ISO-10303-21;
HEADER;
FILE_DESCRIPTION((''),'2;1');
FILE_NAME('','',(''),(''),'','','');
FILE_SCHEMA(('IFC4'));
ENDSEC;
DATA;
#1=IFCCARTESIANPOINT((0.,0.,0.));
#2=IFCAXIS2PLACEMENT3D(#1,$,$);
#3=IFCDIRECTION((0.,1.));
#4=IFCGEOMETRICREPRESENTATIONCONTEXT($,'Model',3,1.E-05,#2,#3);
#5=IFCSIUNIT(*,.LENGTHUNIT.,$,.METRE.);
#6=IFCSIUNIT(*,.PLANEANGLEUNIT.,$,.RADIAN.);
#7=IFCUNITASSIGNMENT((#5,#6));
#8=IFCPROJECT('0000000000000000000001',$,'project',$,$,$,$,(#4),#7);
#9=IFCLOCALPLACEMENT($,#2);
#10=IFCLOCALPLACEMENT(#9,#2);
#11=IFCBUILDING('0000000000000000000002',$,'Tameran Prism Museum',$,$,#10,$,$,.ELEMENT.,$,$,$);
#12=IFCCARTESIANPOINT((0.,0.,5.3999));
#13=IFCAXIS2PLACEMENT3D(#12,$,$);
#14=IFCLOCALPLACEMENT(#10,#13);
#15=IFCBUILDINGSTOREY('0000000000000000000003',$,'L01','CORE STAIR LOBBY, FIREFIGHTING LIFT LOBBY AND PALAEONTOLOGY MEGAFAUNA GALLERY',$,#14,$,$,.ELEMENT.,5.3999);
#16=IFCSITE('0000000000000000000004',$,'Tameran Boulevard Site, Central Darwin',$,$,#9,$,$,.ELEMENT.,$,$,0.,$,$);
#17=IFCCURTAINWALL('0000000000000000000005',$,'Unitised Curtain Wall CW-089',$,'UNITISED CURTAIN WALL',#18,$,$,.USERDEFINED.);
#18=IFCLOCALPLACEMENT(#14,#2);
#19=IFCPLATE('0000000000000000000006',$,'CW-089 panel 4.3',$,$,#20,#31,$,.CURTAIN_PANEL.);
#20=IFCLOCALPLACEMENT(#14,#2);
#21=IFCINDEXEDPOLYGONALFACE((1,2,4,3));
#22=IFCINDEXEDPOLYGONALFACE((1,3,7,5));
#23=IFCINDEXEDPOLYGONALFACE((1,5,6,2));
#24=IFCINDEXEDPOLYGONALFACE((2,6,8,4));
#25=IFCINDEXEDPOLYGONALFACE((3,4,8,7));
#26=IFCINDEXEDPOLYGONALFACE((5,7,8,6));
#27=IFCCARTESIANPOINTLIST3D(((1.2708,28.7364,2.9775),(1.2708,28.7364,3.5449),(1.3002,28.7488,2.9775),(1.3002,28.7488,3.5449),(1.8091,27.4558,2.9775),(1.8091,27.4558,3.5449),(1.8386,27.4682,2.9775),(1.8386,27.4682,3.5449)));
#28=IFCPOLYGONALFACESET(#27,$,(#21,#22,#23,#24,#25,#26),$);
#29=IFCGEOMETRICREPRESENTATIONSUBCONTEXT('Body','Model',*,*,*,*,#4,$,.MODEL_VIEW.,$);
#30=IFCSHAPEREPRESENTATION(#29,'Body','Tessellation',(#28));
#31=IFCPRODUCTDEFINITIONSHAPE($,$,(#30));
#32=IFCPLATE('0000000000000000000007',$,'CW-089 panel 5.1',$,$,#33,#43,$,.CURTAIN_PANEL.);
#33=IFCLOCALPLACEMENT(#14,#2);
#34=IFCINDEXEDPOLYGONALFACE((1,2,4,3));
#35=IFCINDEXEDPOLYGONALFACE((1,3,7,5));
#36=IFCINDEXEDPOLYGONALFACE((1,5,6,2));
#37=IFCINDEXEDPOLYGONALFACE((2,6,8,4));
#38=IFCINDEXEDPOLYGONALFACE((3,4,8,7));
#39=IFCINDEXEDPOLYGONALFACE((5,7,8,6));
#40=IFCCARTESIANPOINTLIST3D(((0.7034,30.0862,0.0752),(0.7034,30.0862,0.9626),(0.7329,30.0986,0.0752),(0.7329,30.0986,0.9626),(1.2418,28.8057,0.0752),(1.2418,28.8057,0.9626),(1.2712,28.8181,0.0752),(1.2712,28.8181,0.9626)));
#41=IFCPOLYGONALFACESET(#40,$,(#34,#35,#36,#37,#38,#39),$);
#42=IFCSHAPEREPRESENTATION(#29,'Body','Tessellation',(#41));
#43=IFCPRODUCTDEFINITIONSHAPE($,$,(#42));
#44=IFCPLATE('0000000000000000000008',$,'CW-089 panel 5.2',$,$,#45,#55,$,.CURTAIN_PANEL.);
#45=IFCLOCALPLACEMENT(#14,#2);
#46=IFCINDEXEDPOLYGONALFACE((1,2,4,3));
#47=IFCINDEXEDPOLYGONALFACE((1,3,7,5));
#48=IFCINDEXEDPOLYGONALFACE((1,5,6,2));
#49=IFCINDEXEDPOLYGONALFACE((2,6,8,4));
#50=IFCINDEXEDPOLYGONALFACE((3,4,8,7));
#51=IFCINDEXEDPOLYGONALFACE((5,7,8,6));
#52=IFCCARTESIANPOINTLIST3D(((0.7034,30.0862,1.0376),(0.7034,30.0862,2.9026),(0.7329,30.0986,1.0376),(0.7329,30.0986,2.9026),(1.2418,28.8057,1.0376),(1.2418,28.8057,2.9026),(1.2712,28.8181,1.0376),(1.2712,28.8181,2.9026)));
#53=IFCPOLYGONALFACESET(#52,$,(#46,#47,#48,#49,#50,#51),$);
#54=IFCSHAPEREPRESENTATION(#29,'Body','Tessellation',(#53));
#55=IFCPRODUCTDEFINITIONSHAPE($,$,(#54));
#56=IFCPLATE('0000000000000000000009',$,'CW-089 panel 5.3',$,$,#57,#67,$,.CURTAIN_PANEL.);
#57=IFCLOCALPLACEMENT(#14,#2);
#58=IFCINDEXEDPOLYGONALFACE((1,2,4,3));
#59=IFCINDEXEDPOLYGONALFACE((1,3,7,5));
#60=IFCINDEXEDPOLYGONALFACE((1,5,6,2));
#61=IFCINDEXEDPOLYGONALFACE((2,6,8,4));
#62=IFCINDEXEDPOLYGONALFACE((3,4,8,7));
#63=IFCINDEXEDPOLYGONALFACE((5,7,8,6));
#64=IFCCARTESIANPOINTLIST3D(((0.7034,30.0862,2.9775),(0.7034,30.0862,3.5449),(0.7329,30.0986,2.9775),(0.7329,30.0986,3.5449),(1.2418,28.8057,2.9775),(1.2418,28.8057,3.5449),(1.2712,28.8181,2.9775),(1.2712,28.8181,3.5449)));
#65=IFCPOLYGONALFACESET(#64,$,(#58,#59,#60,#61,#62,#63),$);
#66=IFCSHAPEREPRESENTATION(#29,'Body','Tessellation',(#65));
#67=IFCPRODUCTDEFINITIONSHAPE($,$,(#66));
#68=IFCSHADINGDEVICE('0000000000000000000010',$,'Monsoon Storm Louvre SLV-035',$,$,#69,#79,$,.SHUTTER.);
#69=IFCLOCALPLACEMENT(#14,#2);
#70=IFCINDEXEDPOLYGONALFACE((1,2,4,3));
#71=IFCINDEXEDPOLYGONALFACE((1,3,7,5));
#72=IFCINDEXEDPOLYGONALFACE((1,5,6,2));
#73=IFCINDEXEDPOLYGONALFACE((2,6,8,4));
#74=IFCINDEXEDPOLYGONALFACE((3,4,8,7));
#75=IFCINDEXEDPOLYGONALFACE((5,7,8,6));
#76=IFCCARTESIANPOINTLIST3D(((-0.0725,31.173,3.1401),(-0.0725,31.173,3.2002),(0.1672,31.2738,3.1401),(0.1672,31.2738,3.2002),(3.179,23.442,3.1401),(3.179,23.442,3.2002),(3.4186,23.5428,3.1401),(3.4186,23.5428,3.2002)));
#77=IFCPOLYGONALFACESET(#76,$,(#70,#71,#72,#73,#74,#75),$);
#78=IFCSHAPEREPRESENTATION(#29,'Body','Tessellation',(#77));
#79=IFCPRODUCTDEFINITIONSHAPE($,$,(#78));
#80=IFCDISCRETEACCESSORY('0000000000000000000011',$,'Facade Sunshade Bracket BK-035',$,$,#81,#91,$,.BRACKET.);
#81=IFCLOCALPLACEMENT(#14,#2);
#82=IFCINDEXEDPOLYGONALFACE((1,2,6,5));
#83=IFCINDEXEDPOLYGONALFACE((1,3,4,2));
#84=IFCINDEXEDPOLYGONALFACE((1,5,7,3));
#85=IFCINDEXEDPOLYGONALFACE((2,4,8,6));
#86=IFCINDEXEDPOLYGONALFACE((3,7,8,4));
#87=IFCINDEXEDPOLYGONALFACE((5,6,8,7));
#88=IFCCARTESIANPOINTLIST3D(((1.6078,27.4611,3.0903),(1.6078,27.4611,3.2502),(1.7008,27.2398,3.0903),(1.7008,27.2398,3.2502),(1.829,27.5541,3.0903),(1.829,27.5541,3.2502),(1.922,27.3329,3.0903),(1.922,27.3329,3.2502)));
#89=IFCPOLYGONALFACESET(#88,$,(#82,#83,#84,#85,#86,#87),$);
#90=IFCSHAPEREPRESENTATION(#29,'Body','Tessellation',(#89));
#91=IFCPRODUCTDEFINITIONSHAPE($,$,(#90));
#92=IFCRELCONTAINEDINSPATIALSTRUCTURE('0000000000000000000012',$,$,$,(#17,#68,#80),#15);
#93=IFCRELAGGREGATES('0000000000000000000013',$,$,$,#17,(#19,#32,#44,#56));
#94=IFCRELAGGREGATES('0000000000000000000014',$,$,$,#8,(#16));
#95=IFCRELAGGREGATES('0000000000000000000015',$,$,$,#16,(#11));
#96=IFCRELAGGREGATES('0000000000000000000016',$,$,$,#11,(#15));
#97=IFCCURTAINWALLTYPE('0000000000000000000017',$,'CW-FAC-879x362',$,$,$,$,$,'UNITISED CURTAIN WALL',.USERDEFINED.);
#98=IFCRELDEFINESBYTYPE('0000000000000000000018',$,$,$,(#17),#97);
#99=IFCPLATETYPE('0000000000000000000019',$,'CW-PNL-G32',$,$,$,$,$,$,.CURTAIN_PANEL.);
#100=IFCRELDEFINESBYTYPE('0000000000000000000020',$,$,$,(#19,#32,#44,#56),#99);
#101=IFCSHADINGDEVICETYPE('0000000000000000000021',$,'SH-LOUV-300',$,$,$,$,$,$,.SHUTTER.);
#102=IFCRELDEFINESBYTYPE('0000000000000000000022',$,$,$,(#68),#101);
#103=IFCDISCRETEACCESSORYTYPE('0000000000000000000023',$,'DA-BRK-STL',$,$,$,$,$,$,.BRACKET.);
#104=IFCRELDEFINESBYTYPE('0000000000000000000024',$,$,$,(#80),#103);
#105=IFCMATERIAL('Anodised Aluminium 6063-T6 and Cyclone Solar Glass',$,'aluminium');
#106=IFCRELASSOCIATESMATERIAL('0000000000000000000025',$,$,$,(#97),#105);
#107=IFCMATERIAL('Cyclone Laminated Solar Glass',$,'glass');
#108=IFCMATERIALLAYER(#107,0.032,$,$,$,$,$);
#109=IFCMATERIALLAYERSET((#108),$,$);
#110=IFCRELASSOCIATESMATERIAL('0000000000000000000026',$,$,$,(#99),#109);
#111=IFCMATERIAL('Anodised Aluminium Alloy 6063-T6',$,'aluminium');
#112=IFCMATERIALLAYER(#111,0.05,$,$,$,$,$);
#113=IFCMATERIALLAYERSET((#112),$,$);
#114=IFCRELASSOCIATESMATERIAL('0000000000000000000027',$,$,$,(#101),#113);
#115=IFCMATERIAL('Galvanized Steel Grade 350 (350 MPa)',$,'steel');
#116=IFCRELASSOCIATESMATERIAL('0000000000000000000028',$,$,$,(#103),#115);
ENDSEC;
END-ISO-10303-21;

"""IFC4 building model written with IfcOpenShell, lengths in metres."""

from ifc_helpers import new_model, si_unit, direction, frame, origin, origin_2d, place, context, subcontext, project, spatial, rectangle, extrude, material, layer, layer_set, type_object, element, aggregate, save


model = new_model("IFC4")

# Units and contexts
model_context = context("Model", 3, precision=1e-05, world=origin(), true_north=direction((0.0, 1.0)))
body_context = subcontext(model_context, "Body", "Model", "MODEL_VIEW")
ifc_project = project(units=[si_unit("LENGTHUNIT", "METRE"), si_unit("PLANEANGLEUNIT", "RADIAN")], contexts=[model_context])

# Site, building, storey
site_placement = place(None, origin())
site = spatial("IfcSite", under=ifc_project, at=site_placement, Name="Tameran Boulevard Site, Central Darwin", CompositionType="ELEMENT", RefElevation=0.0)
building_placement = place(site_placement, origin())
building = spatial("IfcBuilding", under=site, at=building_placement, Name="Tameran Prism Museum", CompositionType="ELEMENT")
storey_placement = place(building_placement, frame((0.0, 0.0, 5.3999)))
storey = spatial("IfcBuildingStorey", under=building, at=storey_placement, Name="L01", Description="CORE STAIR LOBBY, FIREFIGHTING LIFT LOBBY AND PALAEONTOLOGY MEGAFAUNA GALLERY", CompositionType="ELEMENT", Elevation=5.3999)

# Curtain wall, plates
ifc_material_1 = material(Name="Anodised Aluminium 6063-T6 and Cyclone Solar Glass", Category="aluminium")
curtain_wall_type = type_object("IfcCurtainWallType", Name="CW-FAC-879x362", ElementType="UNITISED CURTAIN WALL", PredefinedType="USERDEFINED", material=ifc_material_1)
curtain_wall_placement = place(storey_placement, origin())
curtain_wall = element("IfcCurtainWall", 1, at=curtain_wall_placement, inside=storey, type_object=curtain_wall_type, Name="Unitised Curtain Wall CW-089", ObjectType="UNITISED CURTAIN WALL", PredefinedType="USERDEFINED")
ifc_material_2 = material(Name="Cyclone Laminated Solar Glass", Category="glass")
ifc_layer_1 = layer(ifc_material_2, 0.032)
ifc_layer_set_1 = layer_set([ifc_layer_1])
plate_type = type_object("IfcPlateType", Name="CW-PNL-G32", PredefinedType="CURTAIN_PANEL", material=ifc_layer_set_1)
plate_1_placement = place(storey_placement, frame((1.5547, 28.1023, 2.9775), z_axis=(0.0, 0.0, 1.0), x_axis=(-0.387563, 0.921843, 0.0)))
plate_1 = element("IfcPlate", 2, at=plate_1_placement, type_object=plate_type, Name="CW-089 panel 4.3", PredefinedType="CURTAIN_PANEL", context=body_context, shape_type="SweptSolid", body=[
    extrude(rectangle(XDim=1.3892, YDim=0.032, at=origin_2d()), origin(), (0.0, 0.0, 1.0), 0.5674),
])
plate_2_placement = place(storey_placement, frame((0.9873, 29.4521, 0.0752), z_axis=(0.0, 0.0, 1.0), x_axis=(-0.387563, 0.921843, 0.0)))
plate_2 = element("IfcPlate", 3, at=plate_2_placement, type_object=plate_type, Name="CW-089 panel 5.1", PredefinedType="CURTAIN_PANEL", context=body_context, shape_type="SweptSolid", body=[
    extrude(rectangle(XDim=1.3892, YDim=0.032, at=origin_2d()), origin(), (0.0, 0.0, 1.0), 0.8875),
])
plate_3_placement = place(storey_placement, frame((0.9873, 29.4521, 1.0376), z_axis=(0.0, 0.0, 1.0), x_axis=(-0.387563, 0.921843, 0.0)))
plate_3 = element("IfcPlate", 4, at=plate_3_placement, type_object=plate_type, Name="CW-089 panel 5.2", PredefinedType="CURTAIN_PANEL", context=body_context, shape_type="SweptSolid", body=[
    extrude(rectangle(XDim=1.3892, YDim=0.032, at=origin_2d()), origin(), (0.0, 0.0, 1.0), 1.865),
])
plate_4_placement = place(storey_placement, frame((0.9873, 29.4521, 2.9775), z_axis=(0.0, 0.0, 1.0), x_axis=(-0.387563, 0.921843, 0.0)))
plate_4 = element("IfcPlate", 5, at=plate_4_placement, type_object=plate_type, Name="CW-089 panel 5.3", PredefinedType="CURTAIN_PANEL", context=body_context, shape_type="SweptSolid", body=[
    extrude(rectangle(XDim=1.3892, YDim=0.032, at=origin_2d()), origin(), (0.0, 0.0, 1.0), 0.5674),
])
aggregate(curtain_wall, [plate_1, plate_2, plate_3, plate_4])

# Shading device
ifc_material_3 = material(Name="Anodised Aluminium Alloy 6063-T6", Category="aluminium")
ifc_layer_2 = layer(ifc_material_3, 0.05)
ifc_layer_set_2 = layer_set([ifc_layer_2])
shading_device_type = type_object("IfcShadingDeviceType", Name="SH-LOUV-300", PredefinedType="SHUTTER", material=ifc_layer_set_2)
shading_device_placement = place(storey_placement, frame((1.6731, 27.3579, 3.1401), z_axis=(0.0, 0.0, 1.0), x_axis=(-0.387676, 0.921796, 0.0)))
element("IfcShadingDevice", 6, at=shading_device_placement, inside=storey, type_object=shading_device_type, Name="Monsoon Storm Louvre SLV-035", PredefinedType="SHUTTER", context=body_context, shape_type="SweptSolid", body=[
    extrude(rectangle(XDim=8.387, YDim=0.26, at=origin_2d()), origin(), (0.0, 0.0, 1.0), 0.0601),
])

# Discrete accessory
ifc_material_4 = material(Name="Galvanized Steel Grade 350 (350 MPa)", Category="steel")
discrete_accessory_type = type_object("IfcDiscreteAccessoryType", Name="DA-BRK-STL", PredefinedType="BRACKET", material=ifc_material_4)
discrete_accessory_placement = place(storey_placement, frame((1.7649, 27.397, 3.0903), z_axis=(0.0, 0.0, 1.0), x_axis=(-0.387676, 0.921796, 0.0)))
element("IfcDiscreteAccessory", 7, at=discrete_accessory_placement, inside=storey, type_object=discrete_accessory_type, Name="Facade Sunshade Bracket BK-035", PredefinedType="BRACKET", context=body_context, shape_type="SweptSolid", body=[
    extrude(rectangle(XDim=0.24, YDim=0.24, at=origin_2d()), origin(), (0.0, 0.0, 1.0), 0.1599),
])

save(model, "model.ifc")
